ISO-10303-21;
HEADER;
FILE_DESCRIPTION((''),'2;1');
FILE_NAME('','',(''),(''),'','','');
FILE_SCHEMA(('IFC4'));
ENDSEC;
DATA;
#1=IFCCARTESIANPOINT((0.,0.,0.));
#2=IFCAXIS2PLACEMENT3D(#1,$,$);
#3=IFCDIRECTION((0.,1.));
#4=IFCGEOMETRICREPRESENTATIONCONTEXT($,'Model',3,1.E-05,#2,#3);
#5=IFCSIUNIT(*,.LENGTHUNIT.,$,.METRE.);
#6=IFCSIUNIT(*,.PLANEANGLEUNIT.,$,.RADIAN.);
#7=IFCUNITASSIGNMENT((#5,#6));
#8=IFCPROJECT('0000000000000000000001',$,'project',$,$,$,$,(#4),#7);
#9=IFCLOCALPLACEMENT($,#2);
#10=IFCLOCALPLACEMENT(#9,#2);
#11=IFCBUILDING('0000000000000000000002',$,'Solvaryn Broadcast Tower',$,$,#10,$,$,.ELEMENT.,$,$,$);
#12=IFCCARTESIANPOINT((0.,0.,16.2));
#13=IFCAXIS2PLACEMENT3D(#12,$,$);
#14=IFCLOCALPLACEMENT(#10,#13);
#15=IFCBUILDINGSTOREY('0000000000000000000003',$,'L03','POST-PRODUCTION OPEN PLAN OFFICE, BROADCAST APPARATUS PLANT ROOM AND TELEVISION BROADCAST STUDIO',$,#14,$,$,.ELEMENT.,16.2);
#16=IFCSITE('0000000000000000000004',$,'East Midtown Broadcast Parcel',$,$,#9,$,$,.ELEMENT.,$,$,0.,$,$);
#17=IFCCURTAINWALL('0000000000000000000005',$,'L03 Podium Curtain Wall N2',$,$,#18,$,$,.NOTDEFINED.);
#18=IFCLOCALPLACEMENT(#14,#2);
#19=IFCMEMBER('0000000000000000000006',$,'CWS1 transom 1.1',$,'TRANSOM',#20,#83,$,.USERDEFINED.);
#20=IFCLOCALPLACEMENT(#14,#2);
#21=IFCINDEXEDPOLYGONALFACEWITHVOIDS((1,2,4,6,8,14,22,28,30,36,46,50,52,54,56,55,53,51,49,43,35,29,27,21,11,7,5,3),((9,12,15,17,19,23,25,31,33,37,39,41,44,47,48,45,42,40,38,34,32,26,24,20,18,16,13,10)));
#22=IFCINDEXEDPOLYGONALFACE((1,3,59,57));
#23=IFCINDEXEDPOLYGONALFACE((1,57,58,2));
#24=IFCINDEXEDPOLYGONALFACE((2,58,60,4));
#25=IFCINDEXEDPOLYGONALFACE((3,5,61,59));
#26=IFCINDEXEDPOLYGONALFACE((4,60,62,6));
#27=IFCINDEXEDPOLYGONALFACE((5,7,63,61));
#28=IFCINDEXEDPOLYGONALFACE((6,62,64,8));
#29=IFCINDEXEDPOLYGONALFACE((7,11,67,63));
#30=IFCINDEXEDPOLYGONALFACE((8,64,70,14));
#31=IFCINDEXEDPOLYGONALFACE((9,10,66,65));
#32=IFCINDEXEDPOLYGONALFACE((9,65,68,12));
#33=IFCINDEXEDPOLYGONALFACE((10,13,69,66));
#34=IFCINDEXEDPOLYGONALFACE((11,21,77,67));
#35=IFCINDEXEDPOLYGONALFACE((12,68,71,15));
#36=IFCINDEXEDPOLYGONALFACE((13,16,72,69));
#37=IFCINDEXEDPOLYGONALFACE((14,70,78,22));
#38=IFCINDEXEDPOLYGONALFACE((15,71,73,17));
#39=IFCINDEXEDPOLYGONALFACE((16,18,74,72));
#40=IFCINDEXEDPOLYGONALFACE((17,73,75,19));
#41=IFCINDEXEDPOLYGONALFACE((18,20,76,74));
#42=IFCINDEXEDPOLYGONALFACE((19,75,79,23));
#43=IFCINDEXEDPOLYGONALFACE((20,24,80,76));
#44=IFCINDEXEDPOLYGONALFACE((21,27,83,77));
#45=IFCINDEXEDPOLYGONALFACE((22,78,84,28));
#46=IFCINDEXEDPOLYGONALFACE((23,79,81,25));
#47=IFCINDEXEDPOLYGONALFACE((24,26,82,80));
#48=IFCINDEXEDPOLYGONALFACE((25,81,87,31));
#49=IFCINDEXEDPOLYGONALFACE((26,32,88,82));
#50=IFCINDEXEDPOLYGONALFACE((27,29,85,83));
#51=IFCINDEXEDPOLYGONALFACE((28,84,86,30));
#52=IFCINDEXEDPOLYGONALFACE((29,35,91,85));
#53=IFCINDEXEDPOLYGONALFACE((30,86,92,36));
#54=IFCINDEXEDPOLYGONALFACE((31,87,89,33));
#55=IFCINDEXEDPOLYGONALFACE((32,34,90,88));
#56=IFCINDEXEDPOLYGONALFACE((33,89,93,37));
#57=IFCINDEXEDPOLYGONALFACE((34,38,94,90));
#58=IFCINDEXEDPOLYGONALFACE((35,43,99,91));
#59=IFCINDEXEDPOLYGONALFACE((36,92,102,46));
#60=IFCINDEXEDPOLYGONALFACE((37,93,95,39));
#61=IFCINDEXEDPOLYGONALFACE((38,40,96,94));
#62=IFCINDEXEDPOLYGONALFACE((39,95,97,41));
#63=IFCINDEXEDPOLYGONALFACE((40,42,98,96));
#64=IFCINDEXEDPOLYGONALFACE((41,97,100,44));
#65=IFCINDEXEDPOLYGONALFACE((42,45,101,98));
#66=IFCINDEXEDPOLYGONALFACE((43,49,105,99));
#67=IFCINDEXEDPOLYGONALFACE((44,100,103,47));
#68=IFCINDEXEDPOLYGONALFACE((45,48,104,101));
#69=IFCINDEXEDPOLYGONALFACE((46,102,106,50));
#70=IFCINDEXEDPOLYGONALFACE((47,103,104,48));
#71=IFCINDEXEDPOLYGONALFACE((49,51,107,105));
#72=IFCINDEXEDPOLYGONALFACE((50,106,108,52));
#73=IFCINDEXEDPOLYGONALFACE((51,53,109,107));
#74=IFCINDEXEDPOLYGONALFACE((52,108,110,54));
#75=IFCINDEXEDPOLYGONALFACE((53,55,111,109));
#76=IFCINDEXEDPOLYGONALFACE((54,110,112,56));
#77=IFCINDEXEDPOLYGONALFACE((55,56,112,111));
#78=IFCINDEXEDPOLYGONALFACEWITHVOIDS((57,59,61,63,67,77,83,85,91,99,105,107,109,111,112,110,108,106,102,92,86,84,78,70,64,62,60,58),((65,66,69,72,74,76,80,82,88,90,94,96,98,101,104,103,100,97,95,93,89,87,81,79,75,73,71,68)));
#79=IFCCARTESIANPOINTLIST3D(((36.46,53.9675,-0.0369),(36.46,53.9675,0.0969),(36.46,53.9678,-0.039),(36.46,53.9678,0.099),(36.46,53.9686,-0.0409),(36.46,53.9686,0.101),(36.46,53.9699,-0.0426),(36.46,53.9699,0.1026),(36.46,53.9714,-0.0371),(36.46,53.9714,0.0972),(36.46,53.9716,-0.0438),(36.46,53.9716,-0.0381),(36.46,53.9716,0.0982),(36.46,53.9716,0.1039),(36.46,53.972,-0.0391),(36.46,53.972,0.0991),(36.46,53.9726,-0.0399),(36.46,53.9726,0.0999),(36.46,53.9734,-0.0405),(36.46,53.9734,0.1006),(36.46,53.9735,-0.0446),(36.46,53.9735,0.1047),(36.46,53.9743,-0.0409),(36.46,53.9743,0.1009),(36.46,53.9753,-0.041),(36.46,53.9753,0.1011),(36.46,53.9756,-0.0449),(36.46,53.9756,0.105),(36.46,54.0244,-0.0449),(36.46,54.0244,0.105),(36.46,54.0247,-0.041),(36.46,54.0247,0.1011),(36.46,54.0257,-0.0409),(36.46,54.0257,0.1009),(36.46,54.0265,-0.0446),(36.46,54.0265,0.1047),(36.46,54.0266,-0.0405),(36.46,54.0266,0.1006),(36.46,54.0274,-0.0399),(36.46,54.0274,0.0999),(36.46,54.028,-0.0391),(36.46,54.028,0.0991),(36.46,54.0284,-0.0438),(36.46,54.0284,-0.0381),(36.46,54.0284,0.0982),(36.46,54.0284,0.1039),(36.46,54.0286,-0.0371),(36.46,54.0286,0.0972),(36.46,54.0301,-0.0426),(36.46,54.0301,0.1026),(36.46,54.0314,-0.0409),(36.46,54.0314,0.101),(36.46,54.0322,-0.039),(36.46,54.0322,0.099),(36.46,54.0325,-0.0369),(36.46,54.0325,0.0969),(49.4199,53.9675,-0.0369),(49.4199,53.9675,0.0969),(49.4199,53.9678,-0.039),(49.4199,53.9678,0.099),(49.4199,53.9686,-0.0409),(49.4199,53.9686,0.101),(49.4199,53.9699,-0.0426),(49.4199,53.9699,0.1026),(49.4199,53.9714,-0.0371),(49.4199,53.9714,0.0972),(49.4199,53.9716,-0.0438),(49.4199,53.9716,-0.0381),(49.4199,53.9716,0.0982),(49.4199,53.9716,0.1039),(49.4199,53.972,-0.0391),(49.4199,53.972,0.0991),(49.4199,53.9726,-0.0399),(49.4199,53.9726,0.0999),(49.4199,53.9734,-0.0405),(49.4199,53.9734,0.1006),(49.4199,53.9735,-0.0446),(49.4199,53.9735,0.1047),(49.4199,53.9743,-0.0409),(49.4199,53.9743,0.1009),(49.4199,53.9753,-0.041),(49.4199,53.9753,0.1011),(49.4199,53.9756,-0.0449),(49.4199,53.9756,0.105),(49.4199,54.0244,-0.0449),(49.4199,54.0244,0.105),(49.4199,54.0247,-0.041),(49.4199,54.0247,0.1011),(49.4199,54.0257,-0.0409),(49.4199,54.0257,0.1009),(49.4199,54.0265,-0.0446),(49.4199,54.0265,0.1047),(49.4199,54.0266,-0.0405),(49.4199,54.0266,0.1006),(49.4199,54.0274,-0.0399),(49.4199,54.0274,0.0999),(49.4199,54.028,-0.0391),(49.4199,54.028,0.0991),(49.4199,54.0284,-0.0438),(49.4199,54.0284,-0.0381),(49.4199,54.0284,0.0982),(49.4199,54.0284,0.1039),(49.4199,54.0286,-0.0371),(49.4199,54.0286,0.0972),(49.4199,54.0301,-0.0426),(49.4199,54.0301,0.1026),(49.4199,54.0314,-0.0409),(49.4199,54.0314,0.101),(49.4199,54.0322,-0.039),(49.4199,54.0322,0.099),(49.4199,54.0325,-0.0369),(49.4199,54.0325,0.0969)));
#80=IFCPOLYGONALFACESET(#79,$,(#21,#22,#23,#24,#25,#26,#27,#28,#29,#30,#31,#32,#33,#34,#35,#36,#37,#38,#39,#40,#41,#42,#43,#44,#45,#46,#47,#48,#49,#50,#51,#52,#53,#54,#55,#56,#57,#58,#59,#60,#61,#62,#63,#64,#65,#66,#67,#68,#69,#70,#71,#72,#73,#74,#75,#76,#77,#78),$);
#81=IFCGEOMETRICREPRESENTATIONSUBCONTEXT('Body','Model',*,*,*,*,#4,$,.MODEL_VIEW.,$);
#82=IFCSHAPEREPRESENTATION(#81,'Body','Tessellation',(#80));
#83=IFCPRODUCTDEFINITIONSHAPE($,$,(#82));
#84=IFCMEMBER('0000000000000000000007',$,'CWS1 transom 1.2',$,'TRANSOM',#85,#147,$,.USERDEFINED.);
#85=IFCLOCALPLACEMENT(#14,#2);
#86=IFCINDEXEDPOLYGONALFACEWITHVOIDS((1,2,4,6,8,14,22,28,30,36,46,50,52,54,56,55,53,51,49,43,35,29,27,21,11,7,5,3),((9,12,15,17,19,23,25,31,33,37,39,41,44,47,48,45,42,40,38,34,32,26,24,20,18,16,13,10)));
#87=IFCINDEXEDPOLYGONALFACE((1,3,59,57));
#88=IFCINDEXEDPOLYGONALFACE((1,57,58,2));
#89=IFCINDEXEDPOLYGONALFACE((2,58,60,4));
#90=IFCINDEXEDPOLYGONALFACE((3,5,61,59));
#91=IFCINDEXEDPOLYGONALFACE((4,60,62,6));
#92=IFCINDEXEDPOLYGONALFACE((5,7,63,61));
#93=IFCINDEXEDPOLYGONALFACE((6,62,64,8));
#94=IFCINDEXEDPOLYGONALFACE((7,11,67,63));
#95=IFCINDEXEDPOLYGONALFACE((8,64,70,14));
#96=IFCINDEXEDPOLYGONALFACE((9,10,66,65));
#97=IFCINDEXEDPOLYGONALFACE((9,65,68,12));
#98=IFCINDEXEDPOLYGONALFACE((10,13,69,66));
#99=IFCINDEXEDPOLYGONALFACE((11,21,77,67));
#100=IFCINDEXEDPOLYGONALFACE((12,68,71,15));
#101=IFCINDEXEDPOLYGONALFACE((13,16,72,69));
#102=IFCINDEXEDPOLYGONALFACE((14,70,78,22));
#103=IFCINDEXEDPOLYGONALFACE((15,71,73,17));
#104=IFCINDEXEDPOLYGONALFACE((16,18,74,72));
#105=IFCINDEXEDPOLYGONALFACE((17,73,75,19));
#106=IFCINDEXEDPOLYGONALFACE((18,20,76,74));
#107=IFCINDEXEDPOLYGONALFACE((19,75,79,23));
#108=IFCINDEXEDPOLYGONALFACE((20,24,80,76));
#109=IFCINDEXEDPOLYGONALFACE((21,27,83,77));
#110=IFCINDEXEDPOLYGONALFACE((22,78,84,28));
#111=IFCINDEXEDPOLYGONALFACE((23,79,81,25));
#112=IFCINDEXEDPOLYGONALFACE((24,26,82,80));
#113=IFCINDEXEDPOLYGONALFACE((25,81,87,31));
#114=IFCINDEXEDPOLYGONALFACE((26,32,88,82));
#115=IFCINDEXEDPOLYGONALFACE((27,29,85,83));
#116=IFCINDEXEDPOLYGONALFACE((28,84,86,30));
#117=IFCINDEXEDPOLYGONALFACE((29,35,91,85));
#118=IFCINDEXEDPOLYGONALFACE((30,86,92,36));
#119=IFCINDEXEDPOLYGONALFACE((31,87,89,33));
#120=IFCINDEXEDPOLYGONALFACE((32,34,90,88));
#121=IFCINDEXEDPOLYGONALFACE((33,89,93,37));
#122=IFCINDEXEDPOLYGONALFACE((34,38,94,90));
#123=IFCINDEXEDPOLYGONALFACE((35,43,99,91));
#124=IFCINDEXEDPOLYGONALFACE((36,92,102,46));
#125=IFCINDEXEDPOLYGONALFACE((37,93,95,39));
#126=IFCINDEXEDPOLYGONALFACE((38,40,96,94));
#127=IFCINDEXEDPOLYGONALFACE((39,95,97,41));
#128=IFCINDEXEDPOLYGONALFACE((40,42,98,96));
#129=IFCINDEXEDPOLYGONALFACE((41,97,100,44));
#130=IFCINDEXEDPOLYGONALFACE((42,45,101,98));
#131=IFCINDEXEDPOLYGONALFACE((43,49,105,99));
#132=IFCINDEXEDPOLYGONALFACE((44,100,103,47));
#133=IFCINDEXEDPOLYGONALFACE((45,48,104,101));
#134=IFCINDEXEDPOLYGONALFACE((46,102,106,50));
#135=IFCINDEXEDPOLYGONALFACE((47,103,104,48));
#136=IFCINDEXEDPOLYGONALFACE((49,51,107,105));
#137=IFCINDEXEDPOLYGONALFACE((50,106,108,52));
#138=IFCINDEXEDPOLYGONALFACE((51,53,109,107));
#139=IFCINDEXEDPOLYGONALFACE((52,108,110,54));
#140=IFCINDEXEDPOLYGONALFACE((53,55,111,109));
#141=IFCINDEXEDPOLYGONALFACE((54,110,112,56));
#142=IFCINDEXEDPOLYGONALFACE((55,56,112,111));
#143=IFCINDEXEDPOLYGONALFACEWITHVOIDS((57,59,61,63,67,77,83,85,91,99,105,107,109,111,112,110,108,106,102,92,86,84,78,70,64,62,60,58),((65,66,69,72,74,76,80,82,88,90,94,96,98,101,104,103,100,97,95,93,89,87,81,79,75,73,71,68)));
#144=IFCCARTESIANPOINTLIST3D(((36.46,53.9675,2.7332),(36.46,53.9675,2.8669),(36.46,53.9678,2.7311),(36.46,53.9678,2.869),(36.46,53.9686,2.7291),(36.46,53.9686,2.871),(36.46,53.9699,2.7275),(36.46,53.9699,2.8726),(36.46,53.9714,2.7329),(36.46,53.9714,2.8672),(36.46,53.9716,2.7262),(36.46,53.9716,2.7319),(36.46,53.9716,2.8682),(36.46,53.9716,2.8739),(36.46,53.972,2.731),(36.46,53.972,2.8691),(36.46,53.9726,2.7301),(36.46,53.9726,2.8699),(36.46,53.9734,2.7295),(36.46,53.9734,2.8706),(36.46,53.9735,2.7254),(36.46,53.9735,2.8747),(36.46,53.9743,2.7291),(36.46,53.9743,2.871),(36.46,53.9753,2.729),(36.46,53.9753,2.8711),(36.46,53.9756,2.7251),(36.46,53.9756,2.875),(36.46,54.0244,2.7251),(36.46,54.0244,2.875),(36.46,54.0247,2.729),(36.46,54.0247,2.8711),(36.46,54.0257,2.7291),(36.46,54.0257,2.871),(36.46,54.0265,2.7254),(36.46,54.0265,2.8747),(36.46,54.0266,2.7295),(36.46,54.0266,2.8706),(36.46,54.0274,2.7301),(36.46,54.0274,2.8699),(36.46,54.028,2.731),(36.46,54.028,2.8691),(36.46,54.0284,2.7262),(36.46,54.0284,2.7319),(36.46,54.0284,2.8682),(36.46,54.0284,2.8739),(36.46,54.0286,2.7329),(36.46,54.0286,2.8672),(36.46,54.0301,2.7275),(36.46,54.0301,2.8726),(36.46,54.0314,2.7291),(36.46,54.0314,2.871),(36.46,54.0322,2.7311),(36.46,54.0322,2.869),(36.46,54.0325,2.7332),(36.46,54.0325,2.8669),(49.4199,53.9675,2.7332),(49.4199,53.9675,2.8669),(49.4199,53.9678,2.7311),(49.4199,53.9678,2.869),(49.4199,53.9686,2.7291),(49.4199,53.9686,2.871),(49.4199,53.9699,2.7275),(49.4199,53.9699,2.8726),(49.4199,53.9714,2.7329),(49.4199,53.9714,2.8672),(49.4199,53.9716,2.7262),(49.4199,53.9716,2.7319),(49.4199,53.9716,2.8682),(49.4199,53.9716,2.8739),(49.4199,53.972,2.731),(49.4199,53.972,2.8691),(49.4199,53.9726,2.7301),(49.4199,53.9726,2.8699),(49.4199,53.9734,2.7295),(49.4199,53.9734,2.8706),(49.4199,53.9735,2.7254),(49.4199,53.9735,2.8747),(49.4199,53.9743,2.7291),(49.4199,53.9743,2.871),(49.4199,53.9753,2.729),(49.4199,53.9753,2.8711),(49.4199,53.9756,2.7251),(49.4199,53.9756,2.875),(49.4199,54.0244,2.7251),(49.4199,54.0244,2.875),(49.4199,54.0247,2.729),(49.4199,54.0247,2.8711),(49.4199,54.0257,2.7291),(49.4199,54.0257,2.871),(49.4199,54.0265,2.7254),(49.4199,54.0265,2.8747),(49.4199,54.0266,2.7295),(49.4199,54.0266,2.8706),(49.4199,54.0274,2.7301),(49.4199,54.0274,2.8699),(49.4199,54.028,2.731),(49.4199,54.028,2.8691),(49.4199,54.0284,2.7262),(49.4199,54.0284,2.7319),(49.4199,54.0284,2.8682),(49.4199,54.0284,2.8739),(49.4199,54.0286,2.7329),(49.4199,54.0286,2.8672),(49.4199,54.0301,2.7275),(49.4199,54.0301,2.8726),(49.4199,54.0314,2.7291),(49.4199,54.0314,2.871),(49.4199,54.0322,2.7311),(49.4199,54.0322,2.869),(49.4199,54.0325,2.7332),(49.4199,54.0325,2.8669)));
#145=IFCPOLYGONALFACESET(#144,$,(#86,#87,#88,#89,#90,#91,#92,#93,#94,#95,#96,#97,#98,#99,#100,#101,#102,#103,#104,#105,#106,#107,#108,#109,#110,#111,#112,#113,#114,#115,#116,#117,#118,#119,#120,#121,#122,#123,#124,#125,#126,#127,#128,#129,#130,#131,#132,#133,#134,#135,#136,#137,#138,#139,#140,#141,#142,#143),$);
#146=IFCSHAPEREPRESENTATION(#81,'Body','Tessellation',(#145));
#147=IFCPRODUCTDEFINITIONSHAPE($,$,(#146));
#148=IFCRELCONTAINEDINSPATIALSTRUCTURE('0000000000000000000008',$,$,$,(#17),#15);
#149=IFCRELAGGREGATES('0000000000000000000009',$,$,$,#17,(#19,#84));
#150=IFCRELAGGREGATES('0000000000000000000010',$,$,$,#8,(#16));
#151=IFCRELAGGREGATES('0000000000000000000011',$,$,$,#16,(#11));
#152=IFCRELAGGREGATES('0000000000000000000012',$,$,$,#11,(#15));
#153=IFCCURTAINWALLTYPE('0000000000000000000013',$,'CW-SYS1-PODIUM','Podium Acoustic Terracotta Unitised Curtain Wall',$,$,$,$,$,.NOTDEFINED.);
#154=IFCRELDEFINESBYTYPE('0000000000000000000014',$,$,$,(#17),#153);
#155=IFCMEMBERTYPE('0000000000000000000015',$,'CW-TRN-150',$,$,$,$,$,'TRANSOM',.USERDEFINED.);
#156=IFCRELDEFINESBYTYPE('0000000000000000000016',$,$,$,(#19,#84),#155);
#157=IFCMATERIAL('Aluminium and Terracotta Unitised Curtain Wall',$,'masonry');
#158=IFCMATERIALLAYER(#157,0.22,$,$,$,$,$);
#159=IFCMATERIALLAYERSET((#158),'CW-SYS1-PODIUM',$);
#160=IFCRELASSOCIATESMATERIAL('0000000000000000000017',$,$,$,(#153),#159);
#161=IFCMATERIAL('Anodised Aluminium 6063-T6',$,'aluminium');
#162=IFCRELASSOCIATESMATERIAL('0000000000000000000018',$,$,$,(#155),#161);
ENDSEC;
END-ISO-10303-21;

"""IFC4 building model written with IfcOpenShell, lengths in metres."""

from ifc_helpers import new_model, si_unit, direction, frame, origin, origin_2d, place, context, subcontext, project, spatial, hollow_rectangle, extrude, material, layer, layer_set, material_profile, profile_set, type_object, element, aggregate, save


model = new_model("IFC4")

# Units and contexts
model_context = context("Model", 3, precision=1e-05, world=origin(), true_north=direction((0.0, 1.0)))
body_context = subcontext(model_context, "Body", "Model", "MODEL_VIEW")
ifc_project = project(units=[si_unit("LENGTHUNIT", "METRE"), si_unit("PLANEANGLEUNIT", "RADIAN")], contexts=[model_context])

# Site, building, storey
site_placement = place(None, origin())
site = spatial("IfcSite", under=ifc_project, at=site_placement, Name="East Midtown Broadcast Parcel", CompositionType="ELEMENT", RefElevation=0.0)
building_placement = place(site_placement, origin())
building = spatial("IfcBuilding", under=site, at=building_placement, Name="Solvaryn Broadcast Tower", CompositionType="ELEMENT")
storey_placement = place(building_placement, frame((0.0, 0.0, 16.2)))
storey = spatial("IfcBuildingStorey", under=building, at=storey_placement, Name="L03", Description="POST-PRODUCTION OPEN PLAN OFFICE, BROADCAST APPARATUS PLANT ROOM AND TELEVISION BROADCAST STUDIO", CompositionType="ELEMENT", Elevation=16.2)

# Shared definitions
ifc_material_1 = material(Name="Aluminium and Terracotta Unitised Curtain Wall", Category="masonry")
ifc_layer_1 = layer(ifc_material_1, 0.22)
ifc_layer_set_1 = layer_set([ifc_layer_1], Name="CW-SYS1-PODIUM")
curtain_wall_type = type_object("IfcCurtainWallType", Name="CW-SYS1-PODIUM", Description="Podium Acoustic Terracotta Unitised Curtain Wall", PredefinedType="NOTDEFINED", material=ifc_layer_set_1)

# Curtain wall, members
curtain_wall_1_placement = place(storey_placement, origin())
curtain_wall_1 = element("IfcCurtainWall", 1, at=curtain_wall_1_placement, inside=storey, type_object=curtain_wall_type, Name="L03 Podium Curtain Wall N2", PredefinedType="NOTDEFINED")
ifc_material_2 = material(Name="Anodised Aluminium 6063-T6", Category="aluminium")
ifc_material_profile_1 = material_profile(ifc_material_2, hollow_rectangle(XDim=0.0649, YDim=0.1499, WallThickness=0.0039, InnerFilletRadius=0.0039, OuterFilletRadius=0.0081, at=origin_2d()))
ifc_profile_set_1 = profile_set([ifc_material_profile_1], Name="Anodised Aluminium 6063-T6")
member_type_1 = type_object("IfcMemberType", Name="CW-TRN-150", ElementType="TRANSOM", PredefinedType="USERDEFINED", material=ifc_profile_set_1)
member_1_placement = place(storey_placement, frame((36.46, 54.0, 0.03), z_axis=(1.0, 0.0, 0.0), x_axis=(0.0, 1.0, 0.0)))
member_1 = element("IfcMember", 2, at=member_1_placement, type_object=member_type_1, Name="CWS1 transom 1.1", ObjectType="TRANSOM", PredefinedType="USERDEFINED", context=body_context, shape_type="SweptSolid", body=[
    extrude(hollow_rectangle(XDim=0.0649, YDim=0.1499, WallThickness=0.0039, InnerFilletRadius=0.0039, OuterFilletRadius=0.0081, at=origin_2d()), origin(), (0.0, 0.0, 1.0), 12.96),
])
member_2_placement = place(storey_placement, frame((36.46, 54.0, 2.8), z_axis=(1.0, 0.0, 0.0), x_axis=(0.0, 1.0, 0.0)))
member_2 = element("IfcMember", 3, at=member_2_placement, type_object=member_type_1, Name="CWS1 transom 1.2", ObjectType="TRANSOM", PredefinedType="USERDEFINED", context=body_context, shape_type="SweptSolid", body=[
    extrude(hollow_rectangle(XDim=0.0649, YDim=0.1499, WallThickness=0.0039, InnerFilletRadius=0.0039, OuterFilletRadius=0.0081, at=origin_2d()), origin(), (0.0, 0.0, 1.0), 12.96),
])
aggregate(curtain_wall_1, [member_1, member_2])

save(model, "model.ifc")
